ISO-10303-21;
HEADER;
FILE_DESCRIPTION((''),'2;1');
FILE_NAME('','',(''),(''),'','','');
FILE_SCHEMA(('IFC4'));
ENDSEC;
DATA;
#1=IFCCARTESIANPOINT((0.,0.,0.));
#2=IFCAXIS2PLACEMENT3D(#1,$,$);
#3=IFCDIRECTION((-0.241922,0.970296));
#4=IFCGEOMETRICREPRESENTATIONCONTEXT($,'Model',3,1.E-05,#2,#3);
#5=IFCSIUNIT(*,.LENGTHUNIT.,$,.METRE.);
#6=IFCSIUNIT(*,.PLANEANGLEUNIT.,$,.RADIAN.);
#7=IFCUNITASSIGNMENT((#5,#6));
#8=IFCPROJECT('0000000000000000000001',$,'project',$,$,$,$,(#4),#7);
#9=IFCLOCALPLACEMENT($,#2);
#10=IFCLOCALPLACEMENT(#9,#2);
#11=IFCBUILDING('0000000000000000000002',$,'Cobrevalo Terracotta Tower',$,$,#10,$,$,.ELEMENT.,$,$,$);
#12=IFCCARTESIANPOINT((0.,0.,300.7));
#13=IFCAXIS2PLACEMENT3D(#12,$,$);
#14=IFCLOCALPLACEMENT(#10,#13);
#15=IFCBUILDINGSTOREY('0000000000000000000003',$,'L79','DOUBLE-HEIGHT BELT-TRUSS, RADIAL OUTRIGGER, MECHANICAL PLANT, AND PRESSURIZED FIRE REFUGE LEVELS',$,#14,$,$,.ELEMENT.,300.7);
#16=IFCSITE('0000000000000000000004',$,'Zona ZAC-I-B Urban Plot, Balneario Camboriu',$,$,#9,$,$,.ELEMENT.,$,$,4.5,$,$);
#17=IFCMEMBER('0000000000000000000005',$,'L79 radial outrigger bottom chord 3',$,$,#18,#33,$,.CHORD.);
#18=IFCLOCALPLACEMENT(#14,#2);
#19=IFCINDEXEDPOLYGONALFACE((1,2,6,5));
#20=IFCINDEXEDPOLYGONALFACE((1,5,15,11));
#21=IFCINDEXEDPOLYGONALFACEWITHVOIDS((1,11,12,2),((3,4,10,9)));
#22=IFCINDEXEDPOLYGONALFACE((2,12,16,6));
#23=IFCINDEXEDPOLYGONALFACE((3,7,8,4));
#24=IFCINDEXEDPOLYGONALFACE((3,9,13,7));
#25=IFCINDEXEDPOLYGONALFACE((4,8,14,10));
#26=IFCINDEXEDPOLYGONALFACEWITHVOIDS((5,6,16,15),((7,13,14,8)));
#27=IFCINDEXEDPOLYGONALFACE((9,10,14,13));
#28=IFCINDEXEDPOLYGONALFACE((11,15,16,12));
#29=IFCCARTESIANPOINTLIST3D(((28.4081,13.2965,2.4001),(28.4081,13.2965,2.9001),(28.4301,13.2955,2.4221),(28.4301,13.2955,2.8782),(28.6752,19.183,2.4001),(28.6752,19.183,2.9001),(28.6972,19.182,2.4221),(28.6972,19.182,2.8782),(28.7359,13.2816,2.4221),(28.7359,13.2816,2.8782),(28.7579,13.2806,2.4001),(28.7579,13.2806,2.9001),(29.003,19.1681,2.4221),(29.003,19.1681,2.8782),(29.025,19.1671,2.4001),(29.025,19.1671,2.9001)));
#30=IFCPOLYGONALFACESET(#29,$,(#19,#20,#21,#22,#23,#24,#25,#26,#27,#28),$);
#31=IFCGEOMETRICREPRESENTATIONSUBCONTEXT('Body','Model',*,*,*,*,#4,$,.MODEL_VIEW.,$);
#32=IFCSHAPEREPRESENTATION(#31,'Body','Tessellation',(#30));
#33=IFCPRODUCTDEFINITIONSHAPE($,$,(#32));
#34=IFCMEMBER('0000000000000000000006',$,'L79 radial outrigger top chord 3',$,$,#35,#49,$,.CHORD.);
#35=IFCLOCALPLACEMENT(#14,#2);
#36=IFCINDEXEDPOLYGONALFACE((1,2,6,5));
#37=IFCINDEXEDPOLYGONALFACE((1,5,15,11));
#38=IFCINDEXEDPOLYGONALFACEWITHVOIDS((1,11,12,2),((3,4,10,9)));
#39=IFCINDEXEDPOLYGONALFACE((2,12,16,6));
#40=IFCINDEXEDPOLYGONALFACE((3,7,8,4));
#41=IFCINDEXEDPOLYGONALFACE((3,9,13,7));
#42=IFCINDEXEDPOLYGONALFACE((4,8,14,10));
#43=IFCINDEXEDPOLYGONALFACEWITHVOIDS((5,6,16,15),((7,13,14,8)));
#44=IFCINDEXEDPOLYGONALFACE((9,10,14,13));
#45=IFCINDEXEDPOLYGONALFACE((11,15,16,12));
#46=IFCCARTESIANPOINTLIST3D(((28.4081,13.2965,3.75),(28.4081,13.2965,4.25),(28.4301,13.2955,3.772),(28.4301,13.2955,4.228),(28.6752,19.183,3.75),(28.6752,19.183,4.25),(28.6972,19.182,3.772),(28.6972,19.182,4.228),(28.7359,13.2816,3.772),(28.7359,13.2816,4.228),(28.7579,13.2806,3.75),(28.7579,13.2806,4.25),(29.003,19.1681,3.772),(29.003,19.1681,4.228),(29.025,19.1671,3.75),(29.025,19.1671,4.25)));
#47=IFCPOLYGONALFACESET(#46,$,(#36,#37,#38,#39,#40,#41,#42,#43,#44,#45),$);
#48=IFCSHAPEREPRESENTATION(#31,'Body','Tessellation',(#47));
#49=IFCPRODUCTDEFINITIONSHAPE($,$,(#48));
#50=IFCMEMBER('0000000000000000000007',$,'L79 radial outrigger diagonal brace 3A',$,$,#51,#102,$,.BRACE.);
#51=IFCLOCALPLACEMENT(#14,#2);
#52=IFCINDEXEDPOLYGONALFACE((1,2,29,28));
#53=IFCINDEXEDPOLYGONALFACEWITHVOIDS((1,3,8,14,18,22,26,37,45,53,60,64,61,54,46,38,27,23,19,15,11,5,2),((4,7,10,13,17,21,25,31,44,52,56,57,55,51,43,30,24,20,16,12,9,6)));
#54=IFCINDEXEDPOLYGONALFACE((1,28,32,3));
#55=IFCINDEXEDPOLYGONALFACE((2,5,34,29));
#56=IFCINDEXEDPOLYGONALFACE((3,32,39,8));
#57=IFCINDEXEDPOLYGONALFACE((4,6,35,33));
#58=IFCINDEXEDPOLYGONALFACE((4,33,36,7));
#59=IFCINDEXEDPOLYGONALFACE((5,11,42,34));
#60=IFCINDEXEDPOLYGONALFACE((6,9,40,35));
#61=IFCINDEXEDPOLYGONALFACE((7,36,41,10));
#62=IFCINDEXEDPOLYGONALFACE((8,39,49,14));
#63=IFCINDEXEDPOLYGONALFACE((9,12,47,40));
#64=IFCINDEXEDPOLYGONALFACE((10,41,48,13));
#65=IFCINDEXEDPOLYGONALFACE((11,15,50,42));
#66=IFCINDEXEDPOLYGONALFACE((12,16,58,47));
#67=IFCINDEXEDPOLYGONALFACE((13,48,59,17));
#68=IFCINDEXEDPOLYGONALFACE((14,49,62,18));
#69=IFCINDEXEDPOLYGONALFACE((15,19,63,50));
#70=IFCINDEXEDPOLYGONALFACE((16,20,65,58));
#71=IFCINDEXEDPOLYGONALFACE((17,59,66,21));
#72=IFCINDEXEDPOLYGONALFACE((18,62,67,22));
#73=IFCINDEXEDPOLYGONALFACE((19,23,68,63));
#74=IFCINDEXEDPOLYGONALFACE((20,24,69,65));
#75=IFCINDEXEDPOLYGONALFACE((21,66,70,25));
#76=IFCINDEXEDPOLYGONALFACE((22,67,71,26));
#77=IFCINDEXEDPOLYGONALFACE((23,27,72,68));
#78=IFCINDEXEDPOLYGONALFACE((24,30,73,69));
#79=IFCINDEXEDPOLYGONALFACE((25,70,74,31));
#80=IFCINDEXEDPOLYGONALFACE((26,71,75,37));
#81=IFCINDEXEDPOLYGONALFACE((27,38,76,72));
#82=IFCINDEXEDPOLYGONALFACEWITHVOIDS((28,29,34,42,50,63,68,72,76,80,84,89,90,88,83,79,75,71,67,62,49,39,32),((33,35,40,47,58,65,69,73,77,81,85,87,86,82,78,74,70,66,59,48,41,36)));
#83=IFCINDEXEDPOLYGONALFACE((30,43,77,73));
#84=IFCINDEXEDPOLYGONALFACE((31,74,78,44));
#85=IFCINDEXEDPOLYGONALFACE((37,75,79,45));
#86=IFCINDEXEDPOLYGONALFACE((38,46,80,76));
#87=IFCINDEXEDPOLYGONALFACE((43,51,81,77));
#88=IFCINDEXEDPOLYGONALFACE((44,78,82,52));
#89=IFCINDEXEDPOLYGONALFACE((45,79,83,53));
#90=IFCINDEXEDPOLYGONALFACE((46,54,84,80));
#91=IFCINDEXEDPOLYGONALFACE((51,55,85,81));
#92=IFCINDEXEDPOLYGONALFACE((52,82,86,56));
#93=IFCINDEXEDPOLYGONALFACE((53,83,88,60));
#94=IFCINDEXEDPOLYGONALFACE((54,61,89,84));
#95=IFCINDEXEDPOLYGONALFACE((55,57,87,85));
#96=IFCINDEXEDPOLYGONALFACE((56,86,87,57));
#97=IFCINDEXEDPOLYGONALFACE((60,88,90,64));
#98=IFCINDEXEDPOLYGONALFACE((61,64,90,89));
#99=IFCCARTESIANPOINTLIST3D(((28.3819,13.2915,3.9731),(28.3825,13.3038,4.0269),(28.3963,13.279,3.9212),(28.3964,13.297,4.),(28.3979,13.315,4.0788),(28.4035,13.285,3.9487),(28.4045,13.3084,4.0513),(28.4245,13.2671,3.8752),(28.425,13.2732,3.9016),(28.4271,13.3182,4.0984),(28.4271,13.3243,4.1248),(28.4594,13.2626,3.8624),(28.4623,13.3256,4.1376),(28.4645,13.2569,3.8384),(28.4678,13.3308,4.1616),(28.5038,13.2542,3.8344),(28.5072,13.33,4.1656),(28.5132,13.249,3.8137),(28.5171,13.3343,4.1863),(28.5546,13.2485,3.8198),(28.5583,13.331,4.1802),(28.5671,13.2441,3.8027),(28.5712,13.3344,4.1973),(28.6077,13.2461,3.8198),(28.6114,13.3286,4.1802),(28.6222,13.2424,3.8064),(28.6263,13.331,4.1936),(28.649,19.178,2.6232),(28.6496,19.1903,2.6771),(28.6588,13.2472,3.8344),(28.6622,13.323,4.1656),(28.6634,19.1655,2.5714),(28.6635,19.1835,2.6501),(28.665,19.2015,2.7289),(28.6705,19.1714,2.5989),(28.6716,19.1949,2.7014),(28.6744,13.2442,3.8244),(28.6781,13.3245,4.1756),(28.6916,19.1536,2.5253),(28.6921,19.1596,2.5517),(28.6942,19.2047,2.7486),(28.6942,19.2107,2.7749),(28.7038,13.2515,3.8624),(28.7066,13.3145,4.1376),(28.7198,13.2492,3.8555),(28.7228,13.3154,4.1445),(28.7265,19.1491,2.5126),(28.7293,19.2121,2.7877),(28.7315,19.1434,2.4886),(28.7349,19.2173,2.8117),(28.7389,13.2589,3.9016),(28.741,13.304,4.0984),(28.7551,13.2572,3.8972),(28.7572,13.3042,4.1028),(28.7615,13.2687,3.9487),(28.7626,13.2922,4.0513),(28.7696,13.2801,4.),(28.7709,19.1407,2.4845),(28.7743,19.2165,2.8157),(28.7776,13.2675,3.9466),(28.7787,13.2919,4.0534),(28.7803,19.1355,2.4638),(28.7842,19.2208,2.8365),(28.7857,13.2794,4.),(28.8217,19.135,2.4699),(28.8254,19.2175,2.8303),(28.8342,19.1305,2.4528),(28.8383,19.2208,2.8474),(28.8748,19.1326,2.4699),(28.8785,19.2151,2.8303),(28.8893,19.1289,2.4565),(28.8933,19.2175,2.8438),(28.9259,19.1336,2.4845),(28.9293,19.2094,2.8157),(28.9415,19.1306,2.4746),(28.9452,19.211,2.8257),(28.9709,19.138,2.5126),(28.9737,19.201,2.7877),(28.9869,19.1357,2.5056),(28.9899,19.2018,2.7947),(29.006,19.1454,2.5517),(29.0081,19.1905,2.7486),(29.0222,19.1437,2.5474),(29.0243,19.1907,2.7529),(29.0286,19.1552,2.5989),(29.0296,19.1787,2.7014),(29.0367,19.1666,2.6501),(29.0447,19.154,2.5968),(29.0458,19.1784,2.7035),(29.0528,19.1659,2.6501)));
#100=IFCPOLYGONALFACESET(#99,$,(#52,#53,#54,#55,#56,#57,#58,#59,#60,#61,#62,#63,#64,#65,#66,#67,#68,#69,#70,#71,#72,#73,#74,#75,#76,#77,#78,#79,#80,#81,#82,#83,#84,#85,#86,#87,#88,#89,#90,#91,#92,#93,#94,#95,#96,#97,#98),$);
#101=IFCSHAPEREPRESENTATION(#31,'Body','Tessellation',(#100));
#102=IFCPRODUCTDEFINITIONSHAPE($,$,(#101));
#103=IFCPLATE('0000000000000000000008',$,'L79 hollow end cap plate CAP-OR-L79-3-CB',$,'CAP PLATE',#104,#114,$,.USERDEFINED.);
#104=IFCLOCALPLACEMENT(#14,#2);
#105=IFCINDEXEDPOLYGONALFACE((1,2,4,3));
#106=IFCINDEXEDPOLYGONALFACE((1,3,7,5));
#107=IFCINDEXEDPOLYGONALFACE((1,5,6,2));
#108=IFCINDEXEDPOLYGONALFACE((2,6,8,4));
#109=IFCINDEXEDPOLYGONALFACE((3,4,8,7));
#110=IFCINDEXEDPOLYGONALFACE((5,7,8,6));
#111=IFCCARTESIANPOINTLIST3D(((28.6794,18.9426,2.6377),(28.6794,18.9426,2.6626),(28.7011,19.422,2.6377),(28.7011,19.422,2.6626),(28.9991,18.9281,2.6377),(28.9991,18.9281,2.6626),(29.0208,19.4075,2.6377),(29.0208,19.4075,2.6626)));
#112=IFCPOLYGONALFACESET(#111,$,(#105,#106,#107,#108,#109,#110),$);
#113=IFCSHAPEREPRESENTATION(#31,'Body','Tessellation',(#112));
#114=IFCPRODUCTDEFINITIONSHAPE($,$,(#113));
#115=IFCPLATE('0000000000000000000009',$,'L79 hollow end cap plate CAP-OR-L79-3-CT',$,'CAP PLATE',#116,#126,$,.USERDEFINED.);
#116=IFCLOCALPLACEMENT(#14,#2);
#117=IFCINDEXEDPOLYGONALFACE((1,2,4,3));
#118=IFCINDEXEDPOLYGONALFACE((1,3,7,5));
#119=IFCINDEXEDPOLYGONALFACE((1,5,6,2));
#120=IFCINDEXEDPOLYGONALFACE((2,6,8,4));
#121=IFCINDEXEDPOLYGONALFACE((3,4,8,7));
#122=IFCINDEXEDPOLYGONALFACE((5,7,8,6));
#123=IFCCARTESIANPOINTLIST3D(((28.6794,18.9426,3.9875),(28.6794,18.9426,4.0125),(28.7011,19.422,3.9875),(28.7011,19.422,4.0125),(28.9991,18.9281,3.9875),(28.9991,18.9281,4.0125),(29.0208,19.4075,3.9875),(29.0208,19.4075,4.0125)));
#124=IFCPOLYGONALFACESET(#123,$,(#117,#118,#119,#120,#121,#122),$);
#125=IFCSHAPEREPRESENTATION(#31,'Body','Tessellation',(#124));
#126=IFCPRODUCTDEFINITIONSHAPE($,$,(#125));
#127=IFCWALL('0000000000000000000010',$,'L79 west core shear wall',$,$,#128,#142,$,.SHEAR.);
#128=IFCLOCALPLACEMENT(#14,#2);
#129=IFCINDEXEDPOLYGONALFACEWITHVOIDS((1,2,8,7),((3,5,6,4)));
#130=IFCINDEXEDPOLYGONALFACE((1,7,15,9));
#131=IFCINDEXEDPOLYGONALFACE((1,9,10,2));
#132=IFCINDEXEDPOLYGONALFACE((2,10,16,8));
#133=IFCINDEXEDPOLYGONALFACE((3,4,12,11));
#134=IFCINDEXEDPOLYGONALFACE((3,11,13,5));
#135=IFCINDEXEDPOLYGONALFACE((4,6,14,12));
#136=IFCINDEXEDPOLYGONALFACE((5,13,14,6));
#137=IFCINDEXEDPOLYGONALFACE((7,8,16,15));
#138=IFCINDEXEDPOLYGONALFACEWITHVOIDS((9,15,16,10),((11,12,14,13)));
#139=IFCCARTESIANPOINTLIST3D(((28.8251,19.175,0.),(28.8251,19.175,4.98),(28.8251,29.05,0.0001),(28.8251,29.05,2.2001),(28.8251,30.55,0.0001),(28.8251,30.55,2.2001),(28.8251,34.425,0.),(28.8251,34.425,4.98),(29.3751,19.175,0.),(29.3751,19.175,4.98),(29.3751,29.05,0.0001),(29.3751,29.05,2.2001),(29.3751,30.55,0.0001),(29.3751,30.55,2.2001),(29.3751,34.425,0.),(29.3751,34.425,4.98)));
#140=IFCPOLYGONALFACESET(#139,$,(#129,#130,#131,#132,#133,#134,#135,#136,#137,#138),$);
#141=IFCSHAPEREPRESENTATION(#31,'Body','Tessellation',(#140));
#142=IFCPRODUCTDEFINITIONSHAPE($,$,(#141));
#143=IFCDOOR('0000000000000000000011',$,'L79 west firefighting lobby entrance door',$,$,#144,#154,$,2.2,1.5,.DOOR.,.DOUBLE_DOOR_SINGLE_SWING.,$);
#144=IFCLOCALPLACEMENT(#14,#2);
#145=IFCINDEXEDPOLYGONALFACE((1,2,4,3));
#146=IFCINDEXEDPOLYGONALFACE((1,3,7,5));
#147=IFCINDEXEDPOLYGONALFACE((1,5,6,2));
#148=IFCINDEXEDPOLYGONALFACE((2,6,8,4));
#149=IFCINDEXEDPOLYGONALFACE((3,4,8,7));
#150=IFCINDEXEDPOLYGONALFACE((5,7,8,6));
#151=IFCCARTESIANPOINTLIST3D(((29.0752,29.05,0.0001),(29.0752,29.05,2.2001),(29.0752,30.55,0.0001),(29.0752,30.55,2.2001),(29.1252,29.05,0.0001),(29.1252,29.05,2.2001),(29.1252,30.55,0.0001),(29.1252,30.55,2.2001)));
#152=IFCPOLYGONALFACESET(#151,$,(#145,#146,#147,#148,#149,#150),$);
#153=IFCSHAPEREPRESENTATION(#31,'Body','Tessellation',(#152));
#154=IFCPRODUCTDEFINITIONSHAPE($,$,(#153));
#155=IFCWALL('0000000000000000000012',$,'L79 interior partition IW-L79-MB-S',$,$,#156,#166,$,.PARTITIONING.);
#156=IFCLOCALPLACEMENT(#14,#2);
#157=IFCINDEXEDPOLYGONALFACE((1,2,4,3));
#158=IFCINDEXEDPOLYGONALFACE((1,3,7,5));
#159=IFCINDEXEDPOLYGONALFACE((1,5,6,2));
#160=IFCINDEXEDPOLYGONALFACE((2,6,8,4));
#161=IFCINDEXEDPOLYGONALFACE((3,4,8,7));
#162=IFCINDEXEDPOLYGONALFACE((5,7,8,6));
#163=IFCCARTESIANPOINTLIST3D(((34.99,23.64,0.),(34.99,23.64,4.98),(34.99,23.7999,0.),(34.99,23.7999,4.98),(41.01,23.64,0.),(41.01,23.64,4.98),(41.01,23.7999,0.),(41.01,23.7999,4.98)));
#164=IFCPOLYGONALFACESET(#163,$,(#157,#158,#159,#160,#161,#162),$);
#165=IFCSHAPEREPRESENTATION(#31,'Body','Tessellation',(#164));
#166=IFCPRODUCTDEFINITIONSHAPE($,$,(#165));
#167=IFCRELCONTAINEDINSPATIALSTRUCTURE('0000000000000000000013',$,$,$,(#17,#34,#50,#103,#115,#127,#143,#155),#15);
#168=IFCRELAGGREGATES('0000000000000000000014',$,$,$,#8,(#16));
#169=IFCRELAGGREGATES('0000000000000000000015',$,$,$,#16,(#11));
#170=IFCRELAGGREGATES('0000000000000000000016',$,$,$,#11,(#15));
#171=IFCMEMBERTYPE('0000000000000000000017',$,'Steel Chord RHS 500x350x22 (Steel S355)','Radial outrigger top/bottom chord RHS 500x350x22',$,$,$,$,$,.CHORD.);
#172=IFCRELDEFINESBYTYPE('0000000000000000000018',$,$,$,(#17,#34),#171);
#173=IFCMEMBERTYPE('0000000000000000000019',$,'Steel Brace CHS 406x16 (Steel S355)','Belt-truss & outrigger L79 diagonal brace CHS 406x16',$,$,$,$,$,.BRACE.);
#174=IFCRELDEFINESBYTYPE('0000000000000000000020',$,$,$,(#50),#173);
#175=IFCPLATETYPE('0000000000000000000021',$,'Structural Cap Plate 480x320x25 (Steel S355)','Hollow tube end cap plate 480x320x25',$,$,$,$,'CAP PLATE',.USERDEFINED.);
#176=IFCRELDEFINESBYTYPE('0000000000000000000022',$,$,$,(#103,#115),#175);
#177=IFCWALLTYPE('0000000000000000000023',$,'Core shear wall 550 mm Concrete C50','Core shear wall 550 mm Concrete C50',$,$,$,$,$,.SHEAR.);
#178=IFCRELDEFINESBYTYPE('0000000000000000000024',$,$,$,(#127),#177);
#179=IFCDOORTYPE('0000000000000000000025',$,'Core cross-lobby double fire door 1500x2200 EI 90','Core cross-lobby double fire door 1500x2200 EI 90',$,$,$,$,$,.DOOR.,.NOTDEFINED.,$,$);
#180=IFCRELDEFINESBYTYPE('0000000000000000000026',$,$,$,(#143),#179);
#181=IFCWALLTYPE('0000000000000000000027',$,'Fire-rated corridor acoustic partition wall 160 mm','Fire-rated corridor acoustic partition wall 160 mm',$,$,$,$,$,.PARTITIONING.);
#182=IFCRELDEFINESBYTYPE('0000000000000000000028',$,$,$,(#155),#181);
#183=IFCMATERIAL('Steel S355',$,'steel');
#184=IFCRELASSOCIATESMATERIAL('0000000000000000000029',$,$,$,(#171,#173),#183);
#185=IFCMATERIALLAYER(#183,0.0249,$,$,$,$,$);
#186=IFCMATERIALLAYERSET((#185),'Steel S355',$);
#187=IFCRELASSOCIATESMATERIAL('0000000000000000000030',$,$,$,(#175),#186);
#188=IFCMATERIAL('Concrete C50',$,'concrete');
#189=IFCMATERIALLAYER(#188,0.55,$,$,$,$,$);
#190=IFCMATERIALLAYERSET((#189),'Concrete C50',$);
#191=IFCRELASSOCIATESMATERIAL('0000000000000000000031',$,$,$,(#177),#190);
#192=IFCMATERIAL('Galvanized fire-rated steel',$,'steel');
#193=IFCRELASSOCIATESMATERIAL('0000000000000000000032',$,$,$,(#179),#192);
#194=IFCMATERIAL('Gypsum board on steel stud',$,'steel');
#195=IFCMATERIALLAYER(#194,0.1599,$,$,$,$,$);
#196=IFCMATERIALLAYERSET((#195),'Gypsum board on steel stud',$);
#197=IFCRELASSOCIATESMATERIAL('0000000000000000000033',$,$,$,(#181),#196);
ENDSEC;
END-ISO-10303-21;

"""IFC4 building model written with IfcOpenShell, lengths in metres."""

from ifc_helpers import new_model, si_unit, direction, frame, frame_2d, origin, origin_2d, place, context, subcontext, project, spatial, rectangle, hollow_rectangle, hollow_circle, extrude, source, transform, mapped, material, layer, layer_set, material_profile, profile_set, type_object, element, fill, save


model = new_model("IFC4")

# Units and contexts
model_context = context("Model", 3, precision=1e-05, world=origin(), true_north=direction((-0.241922, 0.970296)))
body_context = subcontext(model_context, "Body", "Model", "MODEL_VIEW")
ifc_project = project(units=[si_unit("LENGTHUNIT", "METRE"), si_unit("PLANEANGLEUNIT", "RADIAN")], contexts=[model_context])

# Site, building, storey
site_placement = place(None, origin())
site = spatial("IfcSite", under=ifc_project, at=site_placement, Name="Zona ZAC-I-B Urban Plot, Balneario Camboriu", CompositionType="ELEMENT", RefElevation=4.5)
building_placement = place(site_placement, origin())
building = spatial("IfcBuilding", under=site, at=building_placement, Name="Cobrevalo Terracotta Tower", CompositionType="ELEMENT")
storey_placement = place(building_placement, frame((0.0, 0.0, 300.7)))
storey = spatial("IfcBuildingStorey", under=building, at=storey_placement, Name="L79", Description="DOUBLE-HEIGHT BELT-TRUSS, RADIAL OUTRIGGER, MECHANICAL PLANT, AND PRESSURIZED FIRE REFUGE LEVELS", CompositionType="ELEMENT", Elevation=300.7)

# Members
ifc_material_1 = material(Name="Steel S355", Category="steel")
ifc_material_profile_1 = material_profile(ifc_material_1, hollow_rectangle(XDim=0.3501, YDim=0.5, WallThickness=0.022, at=origin_2d()), Name="RHS 500x350x22")
ifc_profile_set_1 = profile_set([ifc_material_profile_1], Name="Steel S355")
member_type_1 = type_object("IfcMemberType", Name="Steel Chord RHS 500x350x22 (Steel S355)", Description="Radial outrigger top/bottom chord RHS 500x350x22", PredefinedType="CHORD", material=ifc_profile_set_1)
shared_shape_1 = source(origin(), body_context, "Body", "SweptSolid", [
    extrude(hollow_rectangle(XDim=0.3501, YDim=0.5, WallThickness=0.022, at=origin_2d()), origin(), (0.0, 0.0, 1.0), 5.8926),
])
for number, where, z_axis, x_axis, name in (
    (1, (28.8501, 19.175, 2.6501), (-0.045327, -0.998972, 0.0), (0.998972, -0.045327, 0.0), "L79 radial outrigger bottom chord 3"),
    (2, (28.8501, 19.175, 4.0), (-0.045327, -0.998972, 0.0), (0.998972, -0.045327, 0.0), "L79 radial outrigger top chord 3"),
):
    element("IfcMember", number, at=place(storey_placement, frame(where, z_axis=z_axis, x_axis=x_axis)), inside=storey, type_object=member_type_1, Name=name, PredefinedType="CHORD", context=body_context, shape_type="MappedRepresentation", body=[
        mapped(shared_shape_1, transform((0.0, 0.0, 0.0), scale=1.0)),
    ])
ifc_material_profile_2 = material_profile(ifc_material_1, hollow_circle(Radius=0.2029, WallThickness=0.0161, at=origin_2d()), Name="CHS 406x16")
ifc_profile_set_2 = profile_set([ifc_material_profile_2], Name="Steel S355")
member_type_2 = type_object("IfcMemberType", Name="Steel Brace CHS 406x16 (Steel S355)", Description="Belt-truss & outrigger L79 diagonal brace CHS 406x16", PredefinedType="BRACE", material=ifc_profile_set_2)
shared_shape_2 = source(origin(), body_context, "Body", "SweptSolid", [
    extrude(hollow_circle(Radius=0.2029, WallThickness=0.0161, at=origin_2d()), origin(), (0.0, 0.0, 1.0), 6.0452),
])
member_placement = place(storey_placement, frame((28.8501, 19.175, 2.6501), z_axis=(-0.044182, -0.973749, 0.223295), x_axis=(0.998972, -0.045327, 0.0)))
element("IfcMember", 3, at=member_placement, inside=storey, type_object=member_type_2, Name="L79 radial outrigger diagonal brace 3A", PredefinedType="BRACE", context=body_context, shape_type="MappedRepresentation", body=[
    mapped(shared_shape_2, transform((0.0, 0.0, 0.0), scale=1.0)),
])

# Plates
ifc_layer_1 = layer(ifc_material_1, 0.0249)
ifc_layer_set_1 = layer_set([ifc_layer_1], Name="Steel S355")
plate_type = type_object("IfcPlateType", Name="Structural Cap Plate 480x320x25 (Steel S355)", Description="Hollow tube end cap plate 480x320x25", ElementType="CAP PLATE", PredefinedType="USERDEFINED", material=ifc_layer_set_1)
shared_shape_3 = source(origin(), body_context, "Body", "SweptSolid", [
    extrude(rectangle(XDim=0.48, YDim=0.3201, at=origin_2d()), origin(), (0.0, 0.0, 1.0), 0.0249),
])
for number, where, z_axis, x_axis, name in (
    (4, (28.8501, 19.175, 2.6377), (0.0, 0.0, 1.0), (-0.045298, -0.998973, 0.0), "L79 hollow end cap plate CAP-OR-L79-3-CB"),
    (5, (28.8501, 19.175, 3.9875), (0.0, 0.0, 1.0), (-0.045298, -0.998973, 0.0), "L79 hollow end cap plate CAP-OR-L79-3-CT"),
):
    element("IfcPlate", number, at=place(storey_placement, frame(where, z_axis=z_axis, x_axis=x_axis)), inside=storey, type_object=plate_type, Name=name, ObjectType="CAP PLATE", PredefinedType="USERDEFINED", context=body_context, shape_type="MappedRepresentation", body=[
        mapped(shared_shape_3, transform((0.0, 0.0, 0.0), scale=1.0)),
    ])

# Wall, opening, door
ifc_material_2 = material(Name="Concrete C50", Category="concrete")
ifc_layer_2 = layer(ifc_material_2, 0.55)
ifc_layer_set_2 = layer_set([ifc_layer_2], Name="Concrete C50")
wall_type_1 = type_object("IfcWallType", Name="Core shear wall 550 mm Concrete C50", Description="Core shear wall 550 mm Concrete C50", PredefinedType="SHEAR", material=ifc_layer_set_2)
wall_1_placement = place(storey_placement, frame((29.1001, 19.175, 0.0), z_axis=(0.0, 0.0, 1.0), x_axis=(0.0, 1.0, 0.0)))
wall_1 = element("IfcWall", 6, at=wall_1_placement, inside=storey, type_object=wall_type_1, Name="L79 west core shear wall", PredefinedType="SHEAR", context=body_context, shape_type="SweptSolid", body=[
    extrude(rectangle(XDim=15.25, YDim=0.55, at=frame_2d((7.625, 0.0))), origin(), (0.0, 0.0, 1.0), 4.98),
])
opening_1_placement = place(wall_1_placement, frame((9.875, 0.0, 0.0)))
opening_1 = element("IfcOpeningElement", 7, at=opening_1_placement, cuts=wall_1, PredefinedType="OPENING", context=body_context, shape_type="SweptSolid", body=[
    extrude(rectangle(XDim=1.5, YDim=2.2, at=frame_2d((0.75, 1.1001))), frame((0.0, 0.2852, 0.0), z_axis=(0.0, -1.0, 0.0), x_axis=(1.0, 0.0, 0.0)), (0.0, 0.0, 1.0), 0.5701),
])
ifc_material_3 = material(Name="Galvanized fire-rated steel", Category="steel")
door_type_1 = type_object("IfcDoorType", Name="Core cross-lobby double fire door 1500x2200 EI 90", Description="Core cross-lobby double fire door 1500x2200 EI 90", OperationType="NOTDEFINED", PredefinedType="DOOR", material=ifc_material_3)
shared_shape_4 = source(origin(), body_context, "Body", "SweptSolid", [
    extrude(rectangle(XDim=1.5, YDim=2.2, at=frame_2d((0.75, 1.1001))), frame((0.0, 0.0249, 0.0), z_axis=(0.0, -1.0, 0.0), x_axis=(1.0, 0.0, 0.0)), (0.0, 0.0, 1.0), 0.05),
])
door_1_placement = place(opening_1_placement, origin())
door_1 = element("IfcDoor", 8, at=door_1_placement, inside=storey, type_object=door_type_1, Name="L79 west firefighting lobby entrance door", OperationType="DOUBLE_DOOR_SINGLE_SWING", OverallHeight=2.2, OverallWidth=1.5, PredefinedType="DOOR", context=body_context, shape_type="MappedRepresentation", body=[
    mapped(shared_shape_4, transform((0.0, 0.0, 0.0), scale=1.0)),
])
fill(opening_1, door_1)

# Wall
ifc_material_4 = material(Name="Gypsum board on steel stud", Category="steel")
ifc_layer_3 = layer(ifc_material_4, 0.1599)
ifc_layer_set_3 = layer_set([ifc_layer_3], Name="Gypsum board on steel stud")
wall_type_2 = type_object("IfcWallType", Name="Fire-rated corridor acoustic partition wall 160 mm", Description="Fire-rated corridor acoustic partition wall 160 mm", PredefinedType="PARTITIONING", material=ifc_layer_set_3)
wall_2_placement = place(storey_placement, frame((34.99, 23.72, 0.0), z_axis=(0.0, 0.0, 1.0), x_axis=(1.0, 0.0, 0.0)))
element("IfcWall", 9, at=wall_2_placement, inside=storey, type_object=wall_type_2, Name="L79 interior partition IW-L79-MB-S", PredefinedType="PARTITIONING", context=body_context, shape_type="SweptSolid", body=[
    extrude(rectangle(XDim=6.02, YDim=0.1599, at=frame_2d((3.01, 0.0))), origin(), (0.0, 0.0, 1.0), 4.98),
])

save(model, "model.ifc")
